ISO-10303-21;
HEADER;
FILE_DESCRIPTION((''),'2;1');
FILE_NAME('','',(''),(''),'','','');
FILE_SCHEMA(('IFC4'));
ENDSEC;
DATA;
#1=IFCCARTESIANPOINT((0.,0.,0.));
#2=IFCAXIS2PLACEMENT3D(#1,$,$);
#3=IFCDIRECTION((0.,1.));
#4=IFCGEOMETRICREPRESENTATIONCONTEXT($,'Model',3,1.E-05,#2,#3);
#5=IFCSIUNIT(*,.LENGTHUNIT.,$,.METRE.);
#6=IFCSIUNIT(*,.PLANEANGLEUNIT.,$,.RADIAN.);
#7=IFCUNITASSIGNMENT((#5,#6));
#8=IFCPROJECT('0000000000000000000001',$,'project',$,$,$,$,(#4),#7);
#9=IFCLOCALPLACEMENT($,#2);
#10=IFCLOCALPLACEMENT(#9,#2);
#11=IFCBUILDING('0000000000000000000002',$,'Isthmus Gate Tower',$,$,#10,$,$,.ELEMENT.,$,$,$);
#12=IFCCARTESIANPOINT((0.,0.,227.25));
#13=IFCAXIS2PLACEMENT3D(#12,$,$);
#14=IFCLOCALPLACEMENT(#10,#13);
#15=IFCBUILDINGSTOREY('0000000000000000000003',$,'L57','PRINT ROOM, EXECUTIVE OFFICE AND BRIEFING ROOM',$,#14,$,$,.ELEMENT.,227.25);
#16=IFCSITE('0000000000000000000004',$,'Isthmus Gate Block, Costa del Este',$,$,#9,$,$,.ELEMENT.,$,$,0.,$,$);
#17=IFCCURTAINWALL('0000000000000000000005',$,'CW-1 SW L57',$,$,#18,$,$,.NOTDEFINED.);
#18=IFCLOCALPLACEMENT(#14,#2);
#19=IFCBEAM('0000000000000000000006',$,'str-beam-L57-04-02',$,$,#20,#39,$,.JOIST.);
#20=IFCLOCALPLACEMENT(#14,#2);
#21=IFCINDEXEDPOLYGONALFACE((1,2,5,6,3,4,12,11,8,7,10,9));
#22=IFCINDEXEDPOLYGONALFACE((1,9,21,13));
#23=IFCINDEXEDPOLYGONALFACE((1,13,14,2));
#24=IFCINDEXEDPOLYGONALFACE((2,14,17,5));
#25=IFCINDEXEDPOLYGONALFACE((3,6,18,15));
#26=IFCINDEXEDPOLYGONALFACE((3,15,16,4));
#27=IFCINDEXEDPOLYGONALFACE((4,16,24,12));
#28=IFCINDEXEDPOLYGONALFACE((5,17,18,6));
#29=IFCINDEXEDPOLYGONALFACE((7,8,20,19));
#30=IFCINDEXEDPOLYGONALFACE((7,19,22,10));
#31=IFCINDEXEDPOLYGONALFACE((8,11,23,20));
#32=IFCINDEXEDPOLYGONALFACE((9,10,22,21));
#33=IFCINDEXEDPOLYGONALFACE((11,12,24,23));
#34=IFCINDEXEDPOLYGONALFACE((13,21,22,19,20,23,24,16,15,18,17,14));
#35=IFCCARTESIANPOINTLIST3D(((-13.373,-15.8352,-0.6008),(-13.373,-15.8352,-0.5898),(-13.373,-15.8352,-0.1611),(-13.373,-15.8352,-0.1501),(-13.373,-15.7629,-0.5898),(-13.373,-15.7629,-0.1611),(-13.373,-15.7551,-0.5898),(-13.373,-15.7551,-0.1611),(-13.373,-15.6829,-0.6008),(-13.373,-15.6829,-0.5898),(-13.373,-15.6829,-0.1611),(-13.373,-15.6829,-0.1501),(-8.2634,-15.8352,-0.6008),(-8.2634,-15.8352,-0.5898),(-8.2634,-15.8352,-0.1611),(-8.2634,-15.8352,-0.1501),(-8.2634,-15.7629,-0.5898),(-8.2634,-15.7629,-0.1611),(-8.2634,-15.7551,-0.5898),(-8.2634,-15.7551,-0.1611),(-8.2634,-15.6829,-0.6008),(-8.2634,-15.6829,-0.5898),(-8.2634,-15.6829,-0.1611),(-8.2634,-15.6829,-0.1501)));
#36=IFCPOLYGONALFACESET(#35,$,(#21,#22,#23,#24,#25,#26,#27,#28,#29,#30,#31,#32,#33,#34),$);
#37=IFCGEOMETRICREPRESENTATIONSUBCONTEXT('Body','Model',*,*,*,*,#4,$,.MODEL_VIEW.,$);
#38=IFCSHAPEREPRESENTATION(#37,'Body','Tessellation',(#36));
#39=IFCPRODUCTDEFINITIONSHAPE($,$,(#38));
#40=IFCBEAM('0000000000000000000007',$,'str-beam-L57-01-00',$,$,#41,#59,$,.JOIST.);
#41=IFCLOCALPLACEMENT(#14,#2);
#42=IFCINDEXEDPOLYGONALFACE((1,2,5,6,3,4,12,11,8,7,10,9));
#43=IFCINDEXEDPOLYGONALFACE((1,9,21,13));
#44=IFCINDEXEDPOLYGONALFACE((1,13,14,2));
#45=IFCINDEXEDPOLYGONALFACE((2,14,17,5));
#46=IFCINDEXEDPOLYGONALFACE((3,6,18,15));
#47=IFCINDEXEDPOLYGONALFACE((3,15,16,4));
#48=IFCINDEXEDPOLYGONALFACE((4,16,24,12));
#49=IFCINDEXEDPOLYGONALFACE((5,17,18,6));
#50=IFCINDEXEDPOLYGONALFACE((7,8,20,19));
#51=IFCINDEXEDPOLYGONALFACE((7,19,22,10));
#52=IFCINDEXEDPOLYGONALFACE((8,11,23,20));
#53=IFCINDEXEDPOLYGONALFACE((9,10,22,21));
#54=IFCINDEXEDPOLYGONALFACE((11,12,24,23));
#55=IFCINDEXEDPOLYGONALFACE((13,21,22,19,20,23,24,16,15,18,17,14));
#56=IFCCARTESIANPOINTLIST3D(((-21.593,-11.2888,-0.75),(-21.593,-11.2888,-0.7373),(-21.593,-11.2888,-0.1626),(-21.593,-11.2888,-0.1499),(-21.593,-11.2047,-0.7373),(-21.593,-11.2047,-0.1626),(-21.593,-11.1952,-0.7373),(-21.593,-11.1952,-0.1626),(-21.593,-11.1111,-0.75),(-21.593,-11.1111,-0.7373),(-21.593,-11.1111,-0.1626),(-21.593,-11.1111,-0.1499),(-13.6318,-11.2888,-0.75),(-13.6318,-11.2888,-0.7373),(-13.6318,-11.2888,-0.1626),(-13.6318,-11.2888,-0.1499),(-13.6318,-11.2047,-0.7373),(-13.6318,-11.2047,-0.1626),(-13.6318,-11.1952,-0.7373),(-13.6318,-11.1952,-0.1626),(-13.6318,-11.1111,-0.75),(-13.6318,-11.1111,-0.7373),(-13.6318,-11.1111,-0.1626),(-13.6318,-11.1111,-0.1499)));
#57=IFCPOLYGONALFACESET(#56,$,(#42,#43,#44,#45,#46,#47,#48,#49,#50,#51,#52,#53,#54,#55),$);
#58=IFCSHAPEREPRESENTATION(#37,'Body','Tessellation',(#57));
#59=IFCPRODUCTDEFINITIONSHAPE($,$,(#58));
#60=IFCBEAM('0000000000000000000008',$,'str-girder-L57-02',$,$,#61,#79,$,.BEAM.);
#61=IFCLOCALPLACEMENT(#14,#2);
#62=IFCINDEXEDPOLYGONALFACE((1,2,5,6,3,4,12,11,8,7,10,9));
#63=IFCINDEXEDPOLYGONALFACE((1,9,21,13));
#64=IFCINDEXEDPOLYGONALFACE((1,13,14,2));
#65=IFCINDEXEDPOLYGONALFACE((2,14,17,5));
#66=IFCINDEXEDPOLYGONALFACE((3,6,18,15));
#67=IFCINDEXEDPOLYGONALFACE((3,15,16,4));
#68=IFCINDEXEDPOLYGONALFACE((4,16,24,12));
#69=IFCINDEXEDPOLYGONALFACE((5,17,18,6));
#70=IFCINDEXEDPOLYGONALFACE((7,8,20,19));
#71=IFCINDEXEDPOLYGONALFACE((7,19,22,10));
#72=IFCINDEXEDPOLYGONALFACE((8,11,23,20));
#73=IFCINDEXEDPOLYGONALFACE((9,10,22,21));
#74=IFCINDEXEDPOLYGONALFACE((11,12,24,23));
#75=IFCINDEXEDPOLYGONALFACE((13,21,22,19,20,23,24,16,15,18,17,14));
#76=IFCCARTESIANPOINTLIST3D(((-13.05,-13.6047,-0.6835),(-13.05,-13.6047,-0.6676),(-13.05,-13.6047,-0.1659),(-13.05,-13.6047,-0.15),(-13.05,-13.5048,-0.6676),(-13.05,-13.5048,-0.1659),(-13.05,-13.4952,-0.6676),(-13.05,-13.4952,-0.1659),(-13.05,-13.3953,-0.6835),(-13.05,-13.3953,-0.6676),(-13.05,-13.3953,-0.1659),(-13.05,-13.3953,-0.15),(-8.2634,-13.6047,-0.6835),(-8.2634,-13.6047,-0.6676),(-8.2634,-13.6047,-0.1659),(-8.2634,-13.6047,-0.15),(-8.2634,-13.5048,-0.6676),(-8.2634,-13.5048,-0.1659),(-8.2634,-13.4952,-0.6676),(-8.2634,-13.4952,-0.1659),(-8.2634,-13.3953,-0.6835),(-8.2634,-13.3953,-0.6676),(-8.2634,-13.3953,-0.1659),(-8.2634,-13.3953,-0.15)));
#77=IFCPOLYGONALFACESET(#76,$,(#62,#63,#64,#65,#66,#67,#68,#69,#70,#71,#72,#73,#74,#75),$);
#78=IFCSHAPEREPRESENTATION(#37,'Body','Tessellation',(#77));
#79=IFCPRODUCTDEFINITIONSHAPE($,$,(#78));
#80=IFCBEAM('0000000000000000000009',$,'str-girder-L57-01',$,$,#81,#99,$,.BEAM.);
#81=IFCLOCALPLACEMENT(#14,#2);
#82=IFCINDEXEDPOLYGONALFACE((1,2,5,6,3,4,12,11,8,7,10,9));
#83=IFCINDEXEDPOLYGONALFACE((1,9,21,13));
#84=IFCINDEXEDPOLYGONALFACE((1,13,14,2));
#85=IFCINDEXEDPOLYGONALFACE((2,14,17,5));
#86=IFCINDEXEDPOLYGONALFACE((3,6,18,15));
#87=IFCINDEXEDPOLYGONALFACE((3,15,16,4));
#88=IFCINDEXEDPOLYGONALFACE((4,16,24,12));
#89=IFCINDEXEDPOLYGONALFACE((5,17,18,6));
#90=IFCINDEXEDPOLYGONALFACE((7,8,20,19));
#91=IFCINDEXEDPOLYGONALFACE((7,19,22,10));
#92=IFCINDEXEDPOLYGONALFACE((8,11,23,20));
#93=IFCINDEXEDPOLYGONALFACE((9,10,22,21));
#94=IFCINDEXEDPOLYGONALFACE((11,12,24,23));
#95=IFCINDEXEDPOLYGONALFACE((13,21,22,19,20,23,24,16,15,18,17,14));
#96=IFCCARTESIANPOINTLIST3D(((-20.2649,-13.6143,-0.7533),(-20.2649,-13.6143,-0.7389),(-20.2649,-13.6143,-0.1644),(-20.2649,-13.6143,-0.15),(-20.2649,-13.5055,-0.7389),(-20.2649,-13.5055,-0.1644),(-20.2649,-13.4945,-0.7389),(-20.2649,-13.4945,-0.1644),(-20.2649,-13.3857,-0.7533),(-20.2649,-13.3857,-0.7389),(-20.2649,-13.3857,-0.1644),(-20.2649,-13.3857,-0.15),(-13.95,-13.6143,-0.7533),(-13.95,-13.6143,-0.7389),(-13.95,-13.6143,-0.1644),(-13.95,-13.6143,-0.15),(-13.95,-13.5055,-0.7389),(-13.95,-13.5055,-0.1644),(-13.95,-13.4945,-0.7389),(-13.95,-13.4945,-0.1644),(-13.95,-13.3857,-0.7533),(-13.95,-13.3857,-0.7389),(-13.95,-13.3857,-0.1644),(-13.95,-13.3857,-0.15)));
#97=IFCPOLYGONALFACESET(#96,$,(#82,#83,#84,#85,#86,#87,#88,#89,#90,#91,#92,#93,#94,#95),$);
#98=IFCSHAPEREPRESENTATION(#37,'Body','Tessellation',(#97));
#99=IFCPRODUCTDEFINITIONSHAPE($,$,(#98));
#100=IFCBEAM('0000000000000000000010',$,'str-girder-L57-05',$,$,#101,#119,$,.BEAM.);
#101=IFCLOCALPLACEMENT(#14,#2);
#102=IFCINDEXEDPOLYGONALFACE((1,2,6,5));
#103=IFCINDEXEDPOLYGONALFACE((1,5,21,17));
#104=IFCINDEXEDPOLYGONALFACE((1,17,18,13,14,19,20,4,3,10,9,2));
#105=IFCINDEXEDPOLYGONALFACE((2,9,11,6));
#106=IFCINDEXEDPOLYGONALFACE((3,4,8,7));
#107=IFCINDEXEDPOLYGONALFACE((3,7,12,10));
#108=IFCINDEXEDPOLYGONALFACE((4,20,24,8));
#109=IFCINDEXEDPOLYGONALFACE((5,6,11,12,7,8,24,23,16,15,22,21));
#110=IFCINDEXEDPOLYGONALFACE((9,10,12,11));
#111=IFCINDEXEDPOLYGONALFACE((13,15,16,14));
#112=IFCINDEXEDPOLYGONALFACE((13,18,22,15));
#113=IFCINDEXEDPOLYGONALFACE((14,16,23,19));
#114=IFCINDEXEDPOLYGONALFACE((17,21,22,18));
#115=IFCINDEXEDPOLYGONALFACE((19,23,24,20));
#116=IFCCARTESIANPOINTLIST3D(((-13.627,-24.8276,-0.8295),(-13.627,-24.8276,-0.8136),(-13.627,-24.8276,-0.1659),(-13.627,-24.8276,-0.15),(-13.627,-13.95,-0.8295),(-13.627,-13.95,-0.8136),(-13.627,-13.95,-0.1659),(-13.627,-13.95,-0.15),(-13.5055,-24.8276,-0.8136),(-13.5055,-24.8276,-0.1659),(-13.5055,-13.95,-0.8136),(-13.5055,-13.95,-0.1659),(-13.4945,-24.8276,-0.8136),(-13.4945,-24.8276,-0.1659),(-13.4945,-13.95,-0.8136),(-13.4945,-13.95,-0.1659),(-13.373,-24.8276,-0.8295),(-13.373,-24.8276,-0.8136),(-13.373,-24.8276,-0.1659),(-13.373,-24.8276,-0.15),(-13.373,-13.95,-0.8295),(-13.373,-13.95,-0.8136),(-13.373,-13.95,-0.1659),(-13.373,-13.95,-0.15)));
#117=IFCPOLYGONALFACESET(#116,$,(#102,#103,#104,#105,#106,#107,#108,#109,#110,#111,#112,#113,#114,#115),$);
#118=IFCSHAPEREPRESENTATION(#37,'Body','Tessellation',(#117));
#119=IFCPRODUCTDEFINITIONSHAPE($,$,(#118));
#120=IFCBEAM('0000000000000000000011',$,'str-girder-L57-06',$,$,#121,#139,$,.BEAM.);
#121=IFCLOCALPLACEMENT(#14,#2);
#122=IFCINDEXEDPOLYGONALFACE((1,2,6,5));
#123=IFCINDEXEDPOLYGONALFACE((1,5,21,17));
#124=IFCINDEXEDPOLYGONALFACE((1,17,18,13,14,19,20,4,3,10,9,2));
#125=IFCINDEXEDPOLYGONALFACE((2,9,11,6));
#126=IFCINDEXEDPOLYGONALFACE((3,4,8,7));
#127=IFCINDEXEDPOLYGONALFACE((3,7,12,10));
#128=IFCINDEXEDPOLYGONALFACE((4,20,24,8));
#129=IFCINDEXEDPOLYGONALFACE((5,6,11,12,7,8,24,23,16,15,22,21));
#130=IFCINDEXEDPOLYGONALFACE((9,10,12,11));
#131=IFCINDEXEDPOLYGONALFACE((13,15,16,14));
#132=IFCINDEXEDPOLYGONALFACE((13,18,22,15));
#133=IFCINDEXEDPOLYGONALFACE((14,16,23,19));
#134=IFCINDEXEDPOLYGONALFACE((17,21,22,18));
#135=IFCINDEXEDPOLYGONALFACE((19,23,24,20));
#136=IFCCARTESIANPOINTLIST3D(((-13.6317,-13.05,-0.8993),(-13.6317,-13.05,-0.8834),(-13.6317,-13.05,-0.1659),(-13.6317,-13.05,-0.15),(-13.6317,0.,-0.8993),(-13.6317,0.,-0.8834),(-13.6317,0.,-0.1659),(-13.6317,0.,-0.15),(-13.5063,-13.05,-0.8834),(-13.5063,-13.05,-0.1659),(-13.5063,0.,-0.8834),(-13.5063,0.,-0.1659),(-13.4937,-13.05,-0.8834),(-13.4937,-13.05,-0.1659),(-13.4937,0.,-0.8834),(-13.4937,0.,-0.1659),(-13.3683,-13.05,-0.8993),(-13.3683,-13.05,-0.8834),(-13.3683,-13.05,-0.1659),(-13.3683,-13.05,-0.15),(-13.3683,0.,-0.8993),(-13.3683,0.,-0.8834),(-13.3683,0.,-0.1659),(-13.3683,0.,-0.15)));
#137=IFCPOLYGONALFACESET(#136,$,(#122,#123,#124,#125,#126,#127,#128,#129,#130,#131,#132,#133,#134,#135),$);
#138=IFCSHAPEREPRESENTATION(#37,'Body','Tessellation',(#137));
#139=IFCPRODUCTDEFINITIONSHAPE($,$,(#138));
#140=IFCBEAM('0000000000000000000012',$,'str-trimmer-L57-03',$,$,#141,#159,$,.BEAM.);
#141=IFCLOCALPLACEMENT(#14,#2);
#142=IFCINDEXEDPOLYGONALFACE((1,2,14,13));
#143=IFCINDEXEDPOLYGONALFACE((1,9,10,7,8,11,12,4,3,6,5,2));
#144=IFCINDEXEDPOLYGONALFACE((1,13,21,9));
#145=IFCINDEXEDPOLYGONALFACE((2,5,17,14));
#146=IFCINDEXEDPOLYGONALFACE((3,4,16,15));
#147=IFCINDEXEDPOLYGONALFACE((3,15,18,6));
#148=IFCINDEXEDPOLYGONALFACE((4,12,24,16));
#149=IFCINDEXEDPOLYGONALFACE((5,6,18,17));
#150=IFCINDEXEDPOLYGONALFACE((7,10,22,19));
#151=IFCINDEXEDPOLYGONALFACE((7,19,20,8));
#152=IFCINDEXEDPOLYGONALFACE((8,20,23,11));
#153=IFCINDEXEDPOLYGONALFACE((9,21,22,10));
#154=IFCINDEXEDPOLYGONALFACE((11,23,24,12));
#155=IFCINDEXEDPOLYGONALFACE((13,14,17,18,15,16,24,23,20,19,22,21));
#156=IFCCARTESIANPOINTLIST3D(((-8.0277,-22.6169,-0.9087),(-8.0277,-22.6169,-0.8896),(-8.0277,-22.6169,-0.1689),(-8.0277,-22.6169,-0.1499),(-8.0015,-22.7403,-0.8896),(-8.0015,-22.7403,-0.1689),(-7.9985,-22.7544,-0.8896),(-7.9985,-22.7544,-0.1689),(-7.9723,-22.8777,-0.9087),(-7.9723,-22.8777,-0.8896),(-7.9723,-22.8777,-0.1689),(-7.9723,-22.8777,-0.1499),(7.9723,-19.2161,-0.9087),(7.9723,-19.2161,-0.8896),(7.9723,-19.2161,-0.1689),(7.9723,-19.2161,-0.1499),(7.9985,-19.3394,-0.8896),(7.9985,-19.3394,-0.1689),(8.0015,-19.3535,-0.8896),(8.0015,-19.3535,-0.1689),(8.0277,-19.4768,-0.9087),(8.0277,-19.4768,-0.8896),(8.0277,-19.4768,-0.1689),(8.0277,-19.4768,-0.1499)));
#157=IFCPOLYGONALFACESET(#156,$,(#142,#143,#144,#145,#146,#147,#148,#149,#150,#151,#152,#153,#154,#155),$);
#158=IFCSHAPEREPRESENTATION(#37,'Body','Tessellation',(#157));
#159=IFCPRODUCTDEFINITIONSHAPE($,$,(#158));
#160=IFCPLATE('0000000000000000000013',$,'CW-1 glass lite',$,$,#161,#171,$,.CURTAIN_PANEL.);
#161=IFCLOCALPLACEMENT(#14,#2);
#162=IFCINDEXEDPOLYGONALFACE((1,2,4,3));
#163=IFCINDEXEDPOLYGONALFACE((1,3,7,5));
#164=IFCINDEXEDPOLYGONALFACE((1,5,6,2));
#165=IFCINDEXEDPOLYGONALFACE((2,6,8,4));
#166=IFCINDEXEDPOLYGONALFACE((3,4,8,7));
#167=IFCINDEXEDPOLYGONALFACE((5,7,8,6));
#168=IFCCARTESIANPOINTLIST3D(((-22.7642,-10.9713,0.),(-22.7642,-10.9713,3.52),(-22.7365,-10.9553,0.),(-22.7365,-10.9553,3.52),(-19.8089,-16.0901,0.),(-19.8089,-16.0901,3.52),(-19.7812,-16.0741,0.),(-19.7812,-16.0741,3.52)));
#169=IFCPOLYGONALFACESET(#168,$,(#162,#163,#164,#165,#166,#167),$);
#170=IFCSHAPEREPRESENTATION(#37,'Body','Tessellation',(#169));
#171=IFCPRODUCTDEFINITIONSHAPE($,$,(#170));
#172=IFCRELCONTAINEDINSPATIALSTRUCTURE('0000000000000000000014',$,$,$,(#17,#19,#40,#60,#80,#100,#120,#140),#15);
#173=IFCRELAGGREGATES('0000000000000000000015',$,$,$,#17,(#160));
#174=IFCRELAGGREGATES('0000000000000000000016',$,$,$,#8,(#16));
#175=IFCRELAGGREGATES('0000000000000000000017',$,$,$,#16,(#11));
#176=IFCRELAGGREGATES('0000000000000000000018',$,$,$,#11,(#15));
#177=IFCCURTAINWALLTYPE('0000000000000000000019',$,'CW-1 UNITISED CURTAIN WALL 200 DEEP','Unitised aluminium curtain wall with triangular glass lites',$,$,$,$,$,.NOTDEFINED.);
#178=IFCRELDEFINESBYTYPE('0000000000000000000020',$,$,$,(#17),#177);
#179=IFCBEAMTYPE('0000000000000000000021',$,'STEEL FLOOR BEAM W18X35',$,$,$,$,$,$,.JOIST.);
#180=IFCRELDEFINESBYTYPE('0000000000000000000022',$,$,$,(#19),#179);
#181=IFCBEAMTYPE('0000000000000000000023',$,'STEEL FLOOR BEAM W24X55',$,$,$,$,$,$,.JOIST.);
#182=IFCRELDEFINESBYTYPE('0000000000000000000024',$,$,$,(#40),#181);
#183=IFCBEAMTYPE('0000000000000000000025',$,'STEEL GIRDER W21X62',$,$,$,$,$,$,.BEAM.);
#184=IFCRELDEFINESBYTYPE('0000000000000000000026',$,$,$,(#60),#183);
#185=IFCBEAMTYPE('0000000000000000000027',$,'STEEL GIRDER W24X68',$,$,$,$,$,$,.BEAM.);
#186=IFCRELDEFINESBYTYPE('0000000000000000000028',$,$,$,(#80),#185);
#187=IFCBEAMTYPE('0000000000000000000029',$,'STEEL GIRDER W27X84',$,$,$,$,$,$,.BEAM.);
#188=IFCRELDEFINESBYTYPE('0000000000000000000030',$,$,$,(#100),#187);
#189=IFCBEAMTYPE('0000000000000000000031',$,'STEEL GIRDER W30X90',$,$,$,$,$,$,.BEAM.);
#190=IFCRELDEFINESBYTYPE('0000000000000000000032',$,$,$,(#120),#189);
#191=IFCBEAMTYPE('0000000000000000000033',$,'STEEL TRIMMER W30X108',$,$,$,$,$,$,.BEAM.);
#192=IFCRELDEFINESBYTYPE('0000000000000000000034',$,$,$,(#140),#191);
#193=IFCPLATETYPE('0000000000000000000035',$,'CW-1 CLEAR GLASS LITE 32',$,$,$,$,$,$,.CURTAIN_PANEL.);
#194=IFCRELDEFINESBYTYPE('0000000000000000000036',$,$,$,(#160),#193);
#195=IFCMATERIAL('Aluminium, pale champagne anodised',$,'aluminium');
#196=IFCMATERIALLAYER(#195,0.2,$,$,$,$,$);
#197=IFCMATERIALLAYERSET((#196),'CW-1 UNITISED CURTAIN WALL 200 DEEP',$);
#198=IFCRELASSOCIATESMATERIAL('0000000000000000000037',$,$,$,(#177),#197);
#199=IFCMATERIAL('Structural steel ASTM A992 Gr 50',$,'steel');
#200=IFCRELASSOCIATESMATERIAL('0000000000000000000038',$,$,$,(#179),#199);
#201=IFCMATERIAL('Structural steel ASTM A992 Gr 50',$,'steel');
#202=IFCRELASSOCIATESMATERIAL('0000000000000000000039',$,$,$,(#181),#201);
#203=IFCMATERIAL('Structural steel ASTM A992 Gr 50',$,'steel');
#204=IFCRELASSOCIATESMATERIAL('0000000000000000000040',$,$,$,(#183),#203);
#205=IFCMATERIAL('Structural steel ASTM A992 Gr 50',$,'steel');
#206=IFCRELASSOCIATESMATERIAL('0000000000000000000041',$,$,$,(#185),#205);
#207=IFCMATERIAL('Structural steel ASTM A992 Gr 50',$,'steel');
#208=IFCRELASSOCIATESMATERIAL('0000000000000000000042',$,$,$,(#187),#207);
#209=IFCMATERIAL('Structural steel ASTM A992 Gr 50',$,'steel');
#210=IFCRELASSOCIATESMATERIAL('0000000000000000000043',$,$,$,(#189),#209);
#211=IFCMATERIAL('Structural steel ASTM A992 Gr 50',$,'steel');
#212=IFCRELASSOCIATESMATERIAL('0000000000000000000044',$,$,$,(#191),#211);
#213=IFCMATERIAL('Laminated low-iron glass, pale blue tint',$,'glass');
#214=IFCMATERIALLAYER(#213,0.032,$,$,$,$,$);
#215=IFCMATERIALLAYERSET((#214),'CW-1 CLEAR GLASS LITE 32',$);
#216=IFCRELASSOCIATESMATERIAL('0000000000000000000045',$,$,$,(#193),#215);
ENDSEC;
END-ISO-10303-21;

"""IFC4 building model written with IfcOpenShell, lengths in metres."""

from ifc_helpers import new_model, si_unit, direction, frame, origin, origin_2d, place, context, subcontext, project, spatial, rectangle, i_section, extrude, material, layer, layer_set, material_profile, profile_set, type_object, element, aggregate, save


model = new_model("IFC4")

# Units and contexts
model_context = context("Model", 3, precision=1e-05, world=origin(), true_north=direction((0.0, 1.0)))
body_context = subcontext(model_context, "Body", "Model", "MODEL_VIEW")
ifc_project = project(units=[si_unit("LENGTHUNIT", "METRE"), si_unit("PLANEANGLEUNIT", "RADIAN")], contexts=[model_context])

# Site, building, storey
site_placement = place(None, origin())
site = spatial("IfcSite", under=ifc_project, at=site_placement, Name="Isthmus Gate Block, Costa del Este", CompositionType="ELEMENT", RefElevation=0.0)
building_placement = place(site_placement, origin())
building = spatial("IfcBuilding", under=site, at=building_placement, Name="Isthmus Gate Tower", CompositionType="ELEMENT")
storey_placement = place(building_placement, frame((0.0, 0.0, 227.25)))
storey = spatial("IfcBuildingStorey", under=building, at=storey_placement, Name="L57", Description="PRINT ROOM, EXECUTIVE OFFICE AND BRIEFING ROOM", CompositionType="ELEMENT", Elevation=227.25)

# Curtain wall
ifc_material_1 = material(Name="Aluminium, pale champagne anodised", Category="aluminium")
ifc_layer_1 = layer(ifc_material_1, 0.2)
ifc_layer_set_1 = layer_set([ifc_layer_1], Name="CW-1 UNITISED CURTAIN WALL 200 DEEP")
curtain_wall_type = type_object("IfcCurtainWallType", Name="CW-1 UNITISED CURTAIN WALL 200 DEEP", Description="Unitised aluminium curtain wall with triangular glass lites", PredefinedType="NOTDEFINED", material=ifc_layer_set_1)
curtain_wall_1_placement = place(storey_placement, origin())
curtain_wall_1 = element("IfcCurtainWall", 1, at=curtain_wall_1_placement, inside=storey, type_object=curtain_wall_type, Name="CW-1 SW L57", PredefinedType="NOTDEFINED")

# Beams
ifc_material_2 = material(Name="Structural steel ASTM A992 Gr 50", Category="steel")
ifc_material_profile_1 = material_profile(ifc_material_2, i_section(OverallWidth=0.1523, OverallDepth=0.4507, WebThickness=0.0078, FlangeThickness=0.011, at=origin_2d()), Name="W18X35")
ifc_profile_set_1 = profile_set([ifc_material_profile_1], Name="Structural steel ASTM A992 Gr 50")
beam_type_1 = type_object("IfcBeamType", Name="STEEL FLOOR BEAM W18X35", PredefinedType="JOIST", material=ifc_profile_set_1)
for number, where, z_axis, x_axis, name in (
    (2, (-13.373, -15.759, -0.3755), (1.0, 0.0, 0.0), (0.0, 1.0, 0.0), "str-beam-L57-04-02"),
):
    element("IfcBeam", number, at=place(storey_placement, frame(where, z_axis=z_axis, x_axis=x_axis)), inside=storey, type_object=beam_type_1, Name=name, PredefinedType="JOIST", context=body_context, shape_type="SweptSolid", body=[
        extrude(i_section(OverallWidth=0.1523, OverallDepth=0.4507, WebThickness=0.0078, FlangeThickness=0.011, at=origin_2d()), origin(), (0.0, 0.0, 1.0), 5.1096),
    ])
ifc_material_3 = material(Name="Structural steel ASTM A992 Gr 50", Category="steel")
ifc_material_profile_2 = material_profile(ifc_material_3, i_section(OverallWidth=0.1777, OverallDepth=0.6001, WebThickness=0.0095, FlangeThickness=0.0127, at=origin_2d()), Name="W24X55")
ifc_profile_set_2 = profile_set([ifc_material_profile_2], Name="Structural steel ASTM A992 Gr 50")
beam_type_2 = type_object("IfcBeamType", Name="STEEL FLOOR BEAM W24X55", PredefinedType="JOIST", material=ifc_profile_set_2)
beam_1_placement = place(storey_placement, frame((-21.593, -11.2, -0.45), z_axis=(1.0, 0.0, 0.0), x_axis=(0.0, 1.0, 0.0)))
element("IfcBeam", 3, at=beam_1_placement, inside=storey, type_object=beam_type_2, Name="str-beam-L57-01-00", PredefinedType="JOIST", context=body_context, shape_type="SweptSolid", body=[
    extrude(i_section(OverallWidth=0.1777, OverallDepth=0.6001, WebThickness=0.0095, FlangeThickness=0.0127, at=origin_2d()), origin(), (0.0, 0.0, 1.0), 7.9612),
])
ifc_material_4 = material(Name="Structural steel ASTM A992 Gr 50", Category="steel")
ifc_material_profile_3 = material_profile(ifc_material_4, i_section(OverallWidth=0.2095, OverallDepth=0.5334, WebThickness=0.0095, FlangeThickness=0.0159, at=origin_2d()), Name="W21X62")
ifc_profile_set_3 = profile_set([ifc_material_profile_3], Name="Structural steel ASTM A992 Gr 50")
beam_type_3 = type_object("IfcBeamType", Name="STEEL GIRDER W21X62", PredefinedType="BEAM", material=ifc_profile_set_3)
beam_2_placement = place(storey_placement, frame((-13.05, -13.5, -0.4167), z_axis=(1.0, 0.0, 0.0), x_axis=(0.0, 1.0, 0.0)))
element("IfcBeam", 4, at=beam_2_placement, inside=storey, type_object=beam_type_3, Name="str-girder-L57-02", PredefinedType="BEAM", context=body_context, shape_type="SweptSolid", body=[
    extrude(i_section(OverallWidth=0.2095, OverallDepth=0.5334, WebThickness=0.0095, FlangeThickness=0.0159, at=origin_2d()), origin(), (0.0, 0.0, 1.0), 4.7866),
])
ifc_material_5 = material(Name="Structural steel ASTM A992 Gr 50", Category="steel")
ifc_material_profile_4 = material_profile(ifc_material_5, i_section(OverallWidth=0.2285, OverallDepth=0.6033, WebThickness=0.011, FlangeThickness=0.0144, at=origin_2d()), Name="W24X68")
ifc_profile_set_4 = profile_set([ifc_material_profile_4], Name="Structural steel ASTM A992 Gr 50")
beam_type_4 = type_object("IfcBeamType", Name="STEEL GIRDER W24X68", PredefinedType="BEAM", material=ifc_profile_set_4)
beam_3_placement = place(storey_placement, frame((-20.2649, -13.5, -0.4517), z_axis=(1.0, 0.0, 0.0), x_axis=(0.0, 1.0, 0.0)))
element("IfcBeam", 5, at=beam_3_placement, inside=storey, type_object=beam_type_4, Name="str-girder-L57-01", PredefinedType="BEAM", context=body_context, shape_type="SweptSolid", body=[
    extrude(i_section(OverallWidth=0.2285, OverallDepth=0.6033, WebThickness=0.011, FlangeThickness=0.0144, at=origin_2d()), origin(), (0.0, 0.0, 1.0), 6.3149),
])
ifc_material_6 = material(Name="Structural steel ASTM A992 Gr 50", Category="steel")
ifc_material_profile_5 = material_profile(ifc_material_6, i_section(OverallWidth=0.2539, OverallDepth=0.6794, WebThickness=0.011, FlangeThickness=0.0159, at=origin_2d()), Name="W27X84")
ifc_profile_set_5 = profile_set([ifc_material_profile_5], Name="Structural steel ASTM A992 Gr 50")
beam_type_5 = type_object("IfcBeamType", Name="STEEL GIRDER W27X84", PredefinedType="BEAM", material=ifc_profile_set_5)
beam_4_placement = place(storey_placement, frame((-13.5, -24.8276, -0.4897), z_axis=(0.0, 1.0, 0.0), x_axis=(-1.0, 0.0, 0.0)))
element("IfcBeam", 6, at=beam_4_placement, inside=storey, type_object=beam_type_5, Name="str-girder-L57-05", PredefinedType="BEAM", context=body_context, shape_type="SweptSolid", body=[
    extrude(i_section(OverallWidth=0.2539, OverallDepth=0.6794, WebThickness=0.011, FlangeThickness=0.0159, at=origin_2d()), origin(), (0.0, 0.0, 1.0), 10.8777),
])
ifc_material_7 = material(Name="Structural steel ASTM A992 Gr 50", Category="steel")
ifc_material_profile_6 = material_profile(ifc_material_7, i_section(OverallWidth=0.2634, OverallDepth=0.7493, WebThickness=0.0127, FlangeThickness=0.0159, at=origin_2d()), Name="W30X90")
ifc_profile_set_6 = profile_set([ifc_material_profile_6], Name="Structural steel ASTM A992 Gr 50")
beam_type_6 = type_object("IfcBeamType", Name="STEEL GIRDER W30X90", PredefinedType="BEAM", material=ifc_profile_set_6)
beam_5_placement = place(storey_placement, frame((-13.5, -13.05, -0.5247), z_axis=(0.0, 1.0, 0.0), x_axis=(-1.0, 0.0, 0.0)))
element("IfcBeam", 7, at=beam_5_placement, inside=storey, type_object=beam_type_6, Name="str-girder-L57-06", PredefinedType="BEAM", context=body_context, shape_type="SweptSolid", body=[
    extrude(i_section(OverallWidth=0.2634, OverallDepth=0.7493, WebThickness=0.0127, FlangeThickness=0.0159, at=origin_2d()), origin(), (0.0, 0.0, 1.0), 13.05),
])
ifc_material_8 = material(Name="Structural steel ASTM A992 Gr 50", Category="steel")
ifc_material_profile_7 = material_profile(ifc_material_8, i_section(OverallWidth=0.2666, OverallDepth=0.7588, WebThickness=0.0144, FlangeThickness=0.019, at=origin_2d()), Name="W30X108")
ifc_profile_set_7 = profile_set([ifc_material_profile_7], Name="Structural steel ASTM A992 Gr 50")
beam_type_7 = type_object("IfcBeamType", Name="STEEL TRIMMER W30X108", PredefinedType="BEAM", material=ifc_profile_set_7)
beam_6_placement = place(storey_placement, frame((-8.0, -22.7473, -0.5293), z_axis=(0.978148, 0.20791, 0.0), x_axis=(-0.20791, 0.978148, 0.0)))
element("IfcBeam", 8, at=beam_6_placement, inside=storey, type_object=beam_type_7, Name="str-trimmer-L57-03", PredefinedType="BEAM", context=body_context, shape_type="SweptSolid", body=[
    extrude(i_section(OverallWidth=0.2666, OverallDepth=0.7588, WebThickness=0.0144, FlangeThickness=0.019, at=origin_2d()), origin(), (0.0, 0.0, 1.0), 16.3574),
])

# Plate
ifc_material_9 = material(Name="Laminated low-iron glass, pale blue tint", Category="glass")
ifc_layer_2 = layer(ifc_material_9, 0.032)
ifc_layer_set_2 = layer_set([ifc_layer_2], Name="CW-1 CLEAR GLASS LITE 32")
plate_type = type_object("IfcPlateType", Name="CW-1 CLEAR GLASS LITE 32", PredefinedType="CURTAIN_PANEL", material=ifc_layer_set_2)
plate_1_placement = place(storey_placement, frame((-21.2727, -13.5227, 0.0), z_axis=(0.0, 0.0, 1.0), x_axis=(0.5, -0.866025, 0.0)))
plate_1 = element("IfcPlate", 9, at=plate_1_placement, type_object=plate_type, Name="CW-1 glass lite", PredefinedType="CURTAIN_PANEL", context=body_context, shape_type="SweptSolid", body=[
    extrude(rectangle(XDim=5.9106, YDim=0.032, at=origin_2d()), origin(), (0.0, 0.0, 1.0), 3.52),
])
aggregate(curtain_wall_1, [plate_1])

save(model, "model.ifc")
